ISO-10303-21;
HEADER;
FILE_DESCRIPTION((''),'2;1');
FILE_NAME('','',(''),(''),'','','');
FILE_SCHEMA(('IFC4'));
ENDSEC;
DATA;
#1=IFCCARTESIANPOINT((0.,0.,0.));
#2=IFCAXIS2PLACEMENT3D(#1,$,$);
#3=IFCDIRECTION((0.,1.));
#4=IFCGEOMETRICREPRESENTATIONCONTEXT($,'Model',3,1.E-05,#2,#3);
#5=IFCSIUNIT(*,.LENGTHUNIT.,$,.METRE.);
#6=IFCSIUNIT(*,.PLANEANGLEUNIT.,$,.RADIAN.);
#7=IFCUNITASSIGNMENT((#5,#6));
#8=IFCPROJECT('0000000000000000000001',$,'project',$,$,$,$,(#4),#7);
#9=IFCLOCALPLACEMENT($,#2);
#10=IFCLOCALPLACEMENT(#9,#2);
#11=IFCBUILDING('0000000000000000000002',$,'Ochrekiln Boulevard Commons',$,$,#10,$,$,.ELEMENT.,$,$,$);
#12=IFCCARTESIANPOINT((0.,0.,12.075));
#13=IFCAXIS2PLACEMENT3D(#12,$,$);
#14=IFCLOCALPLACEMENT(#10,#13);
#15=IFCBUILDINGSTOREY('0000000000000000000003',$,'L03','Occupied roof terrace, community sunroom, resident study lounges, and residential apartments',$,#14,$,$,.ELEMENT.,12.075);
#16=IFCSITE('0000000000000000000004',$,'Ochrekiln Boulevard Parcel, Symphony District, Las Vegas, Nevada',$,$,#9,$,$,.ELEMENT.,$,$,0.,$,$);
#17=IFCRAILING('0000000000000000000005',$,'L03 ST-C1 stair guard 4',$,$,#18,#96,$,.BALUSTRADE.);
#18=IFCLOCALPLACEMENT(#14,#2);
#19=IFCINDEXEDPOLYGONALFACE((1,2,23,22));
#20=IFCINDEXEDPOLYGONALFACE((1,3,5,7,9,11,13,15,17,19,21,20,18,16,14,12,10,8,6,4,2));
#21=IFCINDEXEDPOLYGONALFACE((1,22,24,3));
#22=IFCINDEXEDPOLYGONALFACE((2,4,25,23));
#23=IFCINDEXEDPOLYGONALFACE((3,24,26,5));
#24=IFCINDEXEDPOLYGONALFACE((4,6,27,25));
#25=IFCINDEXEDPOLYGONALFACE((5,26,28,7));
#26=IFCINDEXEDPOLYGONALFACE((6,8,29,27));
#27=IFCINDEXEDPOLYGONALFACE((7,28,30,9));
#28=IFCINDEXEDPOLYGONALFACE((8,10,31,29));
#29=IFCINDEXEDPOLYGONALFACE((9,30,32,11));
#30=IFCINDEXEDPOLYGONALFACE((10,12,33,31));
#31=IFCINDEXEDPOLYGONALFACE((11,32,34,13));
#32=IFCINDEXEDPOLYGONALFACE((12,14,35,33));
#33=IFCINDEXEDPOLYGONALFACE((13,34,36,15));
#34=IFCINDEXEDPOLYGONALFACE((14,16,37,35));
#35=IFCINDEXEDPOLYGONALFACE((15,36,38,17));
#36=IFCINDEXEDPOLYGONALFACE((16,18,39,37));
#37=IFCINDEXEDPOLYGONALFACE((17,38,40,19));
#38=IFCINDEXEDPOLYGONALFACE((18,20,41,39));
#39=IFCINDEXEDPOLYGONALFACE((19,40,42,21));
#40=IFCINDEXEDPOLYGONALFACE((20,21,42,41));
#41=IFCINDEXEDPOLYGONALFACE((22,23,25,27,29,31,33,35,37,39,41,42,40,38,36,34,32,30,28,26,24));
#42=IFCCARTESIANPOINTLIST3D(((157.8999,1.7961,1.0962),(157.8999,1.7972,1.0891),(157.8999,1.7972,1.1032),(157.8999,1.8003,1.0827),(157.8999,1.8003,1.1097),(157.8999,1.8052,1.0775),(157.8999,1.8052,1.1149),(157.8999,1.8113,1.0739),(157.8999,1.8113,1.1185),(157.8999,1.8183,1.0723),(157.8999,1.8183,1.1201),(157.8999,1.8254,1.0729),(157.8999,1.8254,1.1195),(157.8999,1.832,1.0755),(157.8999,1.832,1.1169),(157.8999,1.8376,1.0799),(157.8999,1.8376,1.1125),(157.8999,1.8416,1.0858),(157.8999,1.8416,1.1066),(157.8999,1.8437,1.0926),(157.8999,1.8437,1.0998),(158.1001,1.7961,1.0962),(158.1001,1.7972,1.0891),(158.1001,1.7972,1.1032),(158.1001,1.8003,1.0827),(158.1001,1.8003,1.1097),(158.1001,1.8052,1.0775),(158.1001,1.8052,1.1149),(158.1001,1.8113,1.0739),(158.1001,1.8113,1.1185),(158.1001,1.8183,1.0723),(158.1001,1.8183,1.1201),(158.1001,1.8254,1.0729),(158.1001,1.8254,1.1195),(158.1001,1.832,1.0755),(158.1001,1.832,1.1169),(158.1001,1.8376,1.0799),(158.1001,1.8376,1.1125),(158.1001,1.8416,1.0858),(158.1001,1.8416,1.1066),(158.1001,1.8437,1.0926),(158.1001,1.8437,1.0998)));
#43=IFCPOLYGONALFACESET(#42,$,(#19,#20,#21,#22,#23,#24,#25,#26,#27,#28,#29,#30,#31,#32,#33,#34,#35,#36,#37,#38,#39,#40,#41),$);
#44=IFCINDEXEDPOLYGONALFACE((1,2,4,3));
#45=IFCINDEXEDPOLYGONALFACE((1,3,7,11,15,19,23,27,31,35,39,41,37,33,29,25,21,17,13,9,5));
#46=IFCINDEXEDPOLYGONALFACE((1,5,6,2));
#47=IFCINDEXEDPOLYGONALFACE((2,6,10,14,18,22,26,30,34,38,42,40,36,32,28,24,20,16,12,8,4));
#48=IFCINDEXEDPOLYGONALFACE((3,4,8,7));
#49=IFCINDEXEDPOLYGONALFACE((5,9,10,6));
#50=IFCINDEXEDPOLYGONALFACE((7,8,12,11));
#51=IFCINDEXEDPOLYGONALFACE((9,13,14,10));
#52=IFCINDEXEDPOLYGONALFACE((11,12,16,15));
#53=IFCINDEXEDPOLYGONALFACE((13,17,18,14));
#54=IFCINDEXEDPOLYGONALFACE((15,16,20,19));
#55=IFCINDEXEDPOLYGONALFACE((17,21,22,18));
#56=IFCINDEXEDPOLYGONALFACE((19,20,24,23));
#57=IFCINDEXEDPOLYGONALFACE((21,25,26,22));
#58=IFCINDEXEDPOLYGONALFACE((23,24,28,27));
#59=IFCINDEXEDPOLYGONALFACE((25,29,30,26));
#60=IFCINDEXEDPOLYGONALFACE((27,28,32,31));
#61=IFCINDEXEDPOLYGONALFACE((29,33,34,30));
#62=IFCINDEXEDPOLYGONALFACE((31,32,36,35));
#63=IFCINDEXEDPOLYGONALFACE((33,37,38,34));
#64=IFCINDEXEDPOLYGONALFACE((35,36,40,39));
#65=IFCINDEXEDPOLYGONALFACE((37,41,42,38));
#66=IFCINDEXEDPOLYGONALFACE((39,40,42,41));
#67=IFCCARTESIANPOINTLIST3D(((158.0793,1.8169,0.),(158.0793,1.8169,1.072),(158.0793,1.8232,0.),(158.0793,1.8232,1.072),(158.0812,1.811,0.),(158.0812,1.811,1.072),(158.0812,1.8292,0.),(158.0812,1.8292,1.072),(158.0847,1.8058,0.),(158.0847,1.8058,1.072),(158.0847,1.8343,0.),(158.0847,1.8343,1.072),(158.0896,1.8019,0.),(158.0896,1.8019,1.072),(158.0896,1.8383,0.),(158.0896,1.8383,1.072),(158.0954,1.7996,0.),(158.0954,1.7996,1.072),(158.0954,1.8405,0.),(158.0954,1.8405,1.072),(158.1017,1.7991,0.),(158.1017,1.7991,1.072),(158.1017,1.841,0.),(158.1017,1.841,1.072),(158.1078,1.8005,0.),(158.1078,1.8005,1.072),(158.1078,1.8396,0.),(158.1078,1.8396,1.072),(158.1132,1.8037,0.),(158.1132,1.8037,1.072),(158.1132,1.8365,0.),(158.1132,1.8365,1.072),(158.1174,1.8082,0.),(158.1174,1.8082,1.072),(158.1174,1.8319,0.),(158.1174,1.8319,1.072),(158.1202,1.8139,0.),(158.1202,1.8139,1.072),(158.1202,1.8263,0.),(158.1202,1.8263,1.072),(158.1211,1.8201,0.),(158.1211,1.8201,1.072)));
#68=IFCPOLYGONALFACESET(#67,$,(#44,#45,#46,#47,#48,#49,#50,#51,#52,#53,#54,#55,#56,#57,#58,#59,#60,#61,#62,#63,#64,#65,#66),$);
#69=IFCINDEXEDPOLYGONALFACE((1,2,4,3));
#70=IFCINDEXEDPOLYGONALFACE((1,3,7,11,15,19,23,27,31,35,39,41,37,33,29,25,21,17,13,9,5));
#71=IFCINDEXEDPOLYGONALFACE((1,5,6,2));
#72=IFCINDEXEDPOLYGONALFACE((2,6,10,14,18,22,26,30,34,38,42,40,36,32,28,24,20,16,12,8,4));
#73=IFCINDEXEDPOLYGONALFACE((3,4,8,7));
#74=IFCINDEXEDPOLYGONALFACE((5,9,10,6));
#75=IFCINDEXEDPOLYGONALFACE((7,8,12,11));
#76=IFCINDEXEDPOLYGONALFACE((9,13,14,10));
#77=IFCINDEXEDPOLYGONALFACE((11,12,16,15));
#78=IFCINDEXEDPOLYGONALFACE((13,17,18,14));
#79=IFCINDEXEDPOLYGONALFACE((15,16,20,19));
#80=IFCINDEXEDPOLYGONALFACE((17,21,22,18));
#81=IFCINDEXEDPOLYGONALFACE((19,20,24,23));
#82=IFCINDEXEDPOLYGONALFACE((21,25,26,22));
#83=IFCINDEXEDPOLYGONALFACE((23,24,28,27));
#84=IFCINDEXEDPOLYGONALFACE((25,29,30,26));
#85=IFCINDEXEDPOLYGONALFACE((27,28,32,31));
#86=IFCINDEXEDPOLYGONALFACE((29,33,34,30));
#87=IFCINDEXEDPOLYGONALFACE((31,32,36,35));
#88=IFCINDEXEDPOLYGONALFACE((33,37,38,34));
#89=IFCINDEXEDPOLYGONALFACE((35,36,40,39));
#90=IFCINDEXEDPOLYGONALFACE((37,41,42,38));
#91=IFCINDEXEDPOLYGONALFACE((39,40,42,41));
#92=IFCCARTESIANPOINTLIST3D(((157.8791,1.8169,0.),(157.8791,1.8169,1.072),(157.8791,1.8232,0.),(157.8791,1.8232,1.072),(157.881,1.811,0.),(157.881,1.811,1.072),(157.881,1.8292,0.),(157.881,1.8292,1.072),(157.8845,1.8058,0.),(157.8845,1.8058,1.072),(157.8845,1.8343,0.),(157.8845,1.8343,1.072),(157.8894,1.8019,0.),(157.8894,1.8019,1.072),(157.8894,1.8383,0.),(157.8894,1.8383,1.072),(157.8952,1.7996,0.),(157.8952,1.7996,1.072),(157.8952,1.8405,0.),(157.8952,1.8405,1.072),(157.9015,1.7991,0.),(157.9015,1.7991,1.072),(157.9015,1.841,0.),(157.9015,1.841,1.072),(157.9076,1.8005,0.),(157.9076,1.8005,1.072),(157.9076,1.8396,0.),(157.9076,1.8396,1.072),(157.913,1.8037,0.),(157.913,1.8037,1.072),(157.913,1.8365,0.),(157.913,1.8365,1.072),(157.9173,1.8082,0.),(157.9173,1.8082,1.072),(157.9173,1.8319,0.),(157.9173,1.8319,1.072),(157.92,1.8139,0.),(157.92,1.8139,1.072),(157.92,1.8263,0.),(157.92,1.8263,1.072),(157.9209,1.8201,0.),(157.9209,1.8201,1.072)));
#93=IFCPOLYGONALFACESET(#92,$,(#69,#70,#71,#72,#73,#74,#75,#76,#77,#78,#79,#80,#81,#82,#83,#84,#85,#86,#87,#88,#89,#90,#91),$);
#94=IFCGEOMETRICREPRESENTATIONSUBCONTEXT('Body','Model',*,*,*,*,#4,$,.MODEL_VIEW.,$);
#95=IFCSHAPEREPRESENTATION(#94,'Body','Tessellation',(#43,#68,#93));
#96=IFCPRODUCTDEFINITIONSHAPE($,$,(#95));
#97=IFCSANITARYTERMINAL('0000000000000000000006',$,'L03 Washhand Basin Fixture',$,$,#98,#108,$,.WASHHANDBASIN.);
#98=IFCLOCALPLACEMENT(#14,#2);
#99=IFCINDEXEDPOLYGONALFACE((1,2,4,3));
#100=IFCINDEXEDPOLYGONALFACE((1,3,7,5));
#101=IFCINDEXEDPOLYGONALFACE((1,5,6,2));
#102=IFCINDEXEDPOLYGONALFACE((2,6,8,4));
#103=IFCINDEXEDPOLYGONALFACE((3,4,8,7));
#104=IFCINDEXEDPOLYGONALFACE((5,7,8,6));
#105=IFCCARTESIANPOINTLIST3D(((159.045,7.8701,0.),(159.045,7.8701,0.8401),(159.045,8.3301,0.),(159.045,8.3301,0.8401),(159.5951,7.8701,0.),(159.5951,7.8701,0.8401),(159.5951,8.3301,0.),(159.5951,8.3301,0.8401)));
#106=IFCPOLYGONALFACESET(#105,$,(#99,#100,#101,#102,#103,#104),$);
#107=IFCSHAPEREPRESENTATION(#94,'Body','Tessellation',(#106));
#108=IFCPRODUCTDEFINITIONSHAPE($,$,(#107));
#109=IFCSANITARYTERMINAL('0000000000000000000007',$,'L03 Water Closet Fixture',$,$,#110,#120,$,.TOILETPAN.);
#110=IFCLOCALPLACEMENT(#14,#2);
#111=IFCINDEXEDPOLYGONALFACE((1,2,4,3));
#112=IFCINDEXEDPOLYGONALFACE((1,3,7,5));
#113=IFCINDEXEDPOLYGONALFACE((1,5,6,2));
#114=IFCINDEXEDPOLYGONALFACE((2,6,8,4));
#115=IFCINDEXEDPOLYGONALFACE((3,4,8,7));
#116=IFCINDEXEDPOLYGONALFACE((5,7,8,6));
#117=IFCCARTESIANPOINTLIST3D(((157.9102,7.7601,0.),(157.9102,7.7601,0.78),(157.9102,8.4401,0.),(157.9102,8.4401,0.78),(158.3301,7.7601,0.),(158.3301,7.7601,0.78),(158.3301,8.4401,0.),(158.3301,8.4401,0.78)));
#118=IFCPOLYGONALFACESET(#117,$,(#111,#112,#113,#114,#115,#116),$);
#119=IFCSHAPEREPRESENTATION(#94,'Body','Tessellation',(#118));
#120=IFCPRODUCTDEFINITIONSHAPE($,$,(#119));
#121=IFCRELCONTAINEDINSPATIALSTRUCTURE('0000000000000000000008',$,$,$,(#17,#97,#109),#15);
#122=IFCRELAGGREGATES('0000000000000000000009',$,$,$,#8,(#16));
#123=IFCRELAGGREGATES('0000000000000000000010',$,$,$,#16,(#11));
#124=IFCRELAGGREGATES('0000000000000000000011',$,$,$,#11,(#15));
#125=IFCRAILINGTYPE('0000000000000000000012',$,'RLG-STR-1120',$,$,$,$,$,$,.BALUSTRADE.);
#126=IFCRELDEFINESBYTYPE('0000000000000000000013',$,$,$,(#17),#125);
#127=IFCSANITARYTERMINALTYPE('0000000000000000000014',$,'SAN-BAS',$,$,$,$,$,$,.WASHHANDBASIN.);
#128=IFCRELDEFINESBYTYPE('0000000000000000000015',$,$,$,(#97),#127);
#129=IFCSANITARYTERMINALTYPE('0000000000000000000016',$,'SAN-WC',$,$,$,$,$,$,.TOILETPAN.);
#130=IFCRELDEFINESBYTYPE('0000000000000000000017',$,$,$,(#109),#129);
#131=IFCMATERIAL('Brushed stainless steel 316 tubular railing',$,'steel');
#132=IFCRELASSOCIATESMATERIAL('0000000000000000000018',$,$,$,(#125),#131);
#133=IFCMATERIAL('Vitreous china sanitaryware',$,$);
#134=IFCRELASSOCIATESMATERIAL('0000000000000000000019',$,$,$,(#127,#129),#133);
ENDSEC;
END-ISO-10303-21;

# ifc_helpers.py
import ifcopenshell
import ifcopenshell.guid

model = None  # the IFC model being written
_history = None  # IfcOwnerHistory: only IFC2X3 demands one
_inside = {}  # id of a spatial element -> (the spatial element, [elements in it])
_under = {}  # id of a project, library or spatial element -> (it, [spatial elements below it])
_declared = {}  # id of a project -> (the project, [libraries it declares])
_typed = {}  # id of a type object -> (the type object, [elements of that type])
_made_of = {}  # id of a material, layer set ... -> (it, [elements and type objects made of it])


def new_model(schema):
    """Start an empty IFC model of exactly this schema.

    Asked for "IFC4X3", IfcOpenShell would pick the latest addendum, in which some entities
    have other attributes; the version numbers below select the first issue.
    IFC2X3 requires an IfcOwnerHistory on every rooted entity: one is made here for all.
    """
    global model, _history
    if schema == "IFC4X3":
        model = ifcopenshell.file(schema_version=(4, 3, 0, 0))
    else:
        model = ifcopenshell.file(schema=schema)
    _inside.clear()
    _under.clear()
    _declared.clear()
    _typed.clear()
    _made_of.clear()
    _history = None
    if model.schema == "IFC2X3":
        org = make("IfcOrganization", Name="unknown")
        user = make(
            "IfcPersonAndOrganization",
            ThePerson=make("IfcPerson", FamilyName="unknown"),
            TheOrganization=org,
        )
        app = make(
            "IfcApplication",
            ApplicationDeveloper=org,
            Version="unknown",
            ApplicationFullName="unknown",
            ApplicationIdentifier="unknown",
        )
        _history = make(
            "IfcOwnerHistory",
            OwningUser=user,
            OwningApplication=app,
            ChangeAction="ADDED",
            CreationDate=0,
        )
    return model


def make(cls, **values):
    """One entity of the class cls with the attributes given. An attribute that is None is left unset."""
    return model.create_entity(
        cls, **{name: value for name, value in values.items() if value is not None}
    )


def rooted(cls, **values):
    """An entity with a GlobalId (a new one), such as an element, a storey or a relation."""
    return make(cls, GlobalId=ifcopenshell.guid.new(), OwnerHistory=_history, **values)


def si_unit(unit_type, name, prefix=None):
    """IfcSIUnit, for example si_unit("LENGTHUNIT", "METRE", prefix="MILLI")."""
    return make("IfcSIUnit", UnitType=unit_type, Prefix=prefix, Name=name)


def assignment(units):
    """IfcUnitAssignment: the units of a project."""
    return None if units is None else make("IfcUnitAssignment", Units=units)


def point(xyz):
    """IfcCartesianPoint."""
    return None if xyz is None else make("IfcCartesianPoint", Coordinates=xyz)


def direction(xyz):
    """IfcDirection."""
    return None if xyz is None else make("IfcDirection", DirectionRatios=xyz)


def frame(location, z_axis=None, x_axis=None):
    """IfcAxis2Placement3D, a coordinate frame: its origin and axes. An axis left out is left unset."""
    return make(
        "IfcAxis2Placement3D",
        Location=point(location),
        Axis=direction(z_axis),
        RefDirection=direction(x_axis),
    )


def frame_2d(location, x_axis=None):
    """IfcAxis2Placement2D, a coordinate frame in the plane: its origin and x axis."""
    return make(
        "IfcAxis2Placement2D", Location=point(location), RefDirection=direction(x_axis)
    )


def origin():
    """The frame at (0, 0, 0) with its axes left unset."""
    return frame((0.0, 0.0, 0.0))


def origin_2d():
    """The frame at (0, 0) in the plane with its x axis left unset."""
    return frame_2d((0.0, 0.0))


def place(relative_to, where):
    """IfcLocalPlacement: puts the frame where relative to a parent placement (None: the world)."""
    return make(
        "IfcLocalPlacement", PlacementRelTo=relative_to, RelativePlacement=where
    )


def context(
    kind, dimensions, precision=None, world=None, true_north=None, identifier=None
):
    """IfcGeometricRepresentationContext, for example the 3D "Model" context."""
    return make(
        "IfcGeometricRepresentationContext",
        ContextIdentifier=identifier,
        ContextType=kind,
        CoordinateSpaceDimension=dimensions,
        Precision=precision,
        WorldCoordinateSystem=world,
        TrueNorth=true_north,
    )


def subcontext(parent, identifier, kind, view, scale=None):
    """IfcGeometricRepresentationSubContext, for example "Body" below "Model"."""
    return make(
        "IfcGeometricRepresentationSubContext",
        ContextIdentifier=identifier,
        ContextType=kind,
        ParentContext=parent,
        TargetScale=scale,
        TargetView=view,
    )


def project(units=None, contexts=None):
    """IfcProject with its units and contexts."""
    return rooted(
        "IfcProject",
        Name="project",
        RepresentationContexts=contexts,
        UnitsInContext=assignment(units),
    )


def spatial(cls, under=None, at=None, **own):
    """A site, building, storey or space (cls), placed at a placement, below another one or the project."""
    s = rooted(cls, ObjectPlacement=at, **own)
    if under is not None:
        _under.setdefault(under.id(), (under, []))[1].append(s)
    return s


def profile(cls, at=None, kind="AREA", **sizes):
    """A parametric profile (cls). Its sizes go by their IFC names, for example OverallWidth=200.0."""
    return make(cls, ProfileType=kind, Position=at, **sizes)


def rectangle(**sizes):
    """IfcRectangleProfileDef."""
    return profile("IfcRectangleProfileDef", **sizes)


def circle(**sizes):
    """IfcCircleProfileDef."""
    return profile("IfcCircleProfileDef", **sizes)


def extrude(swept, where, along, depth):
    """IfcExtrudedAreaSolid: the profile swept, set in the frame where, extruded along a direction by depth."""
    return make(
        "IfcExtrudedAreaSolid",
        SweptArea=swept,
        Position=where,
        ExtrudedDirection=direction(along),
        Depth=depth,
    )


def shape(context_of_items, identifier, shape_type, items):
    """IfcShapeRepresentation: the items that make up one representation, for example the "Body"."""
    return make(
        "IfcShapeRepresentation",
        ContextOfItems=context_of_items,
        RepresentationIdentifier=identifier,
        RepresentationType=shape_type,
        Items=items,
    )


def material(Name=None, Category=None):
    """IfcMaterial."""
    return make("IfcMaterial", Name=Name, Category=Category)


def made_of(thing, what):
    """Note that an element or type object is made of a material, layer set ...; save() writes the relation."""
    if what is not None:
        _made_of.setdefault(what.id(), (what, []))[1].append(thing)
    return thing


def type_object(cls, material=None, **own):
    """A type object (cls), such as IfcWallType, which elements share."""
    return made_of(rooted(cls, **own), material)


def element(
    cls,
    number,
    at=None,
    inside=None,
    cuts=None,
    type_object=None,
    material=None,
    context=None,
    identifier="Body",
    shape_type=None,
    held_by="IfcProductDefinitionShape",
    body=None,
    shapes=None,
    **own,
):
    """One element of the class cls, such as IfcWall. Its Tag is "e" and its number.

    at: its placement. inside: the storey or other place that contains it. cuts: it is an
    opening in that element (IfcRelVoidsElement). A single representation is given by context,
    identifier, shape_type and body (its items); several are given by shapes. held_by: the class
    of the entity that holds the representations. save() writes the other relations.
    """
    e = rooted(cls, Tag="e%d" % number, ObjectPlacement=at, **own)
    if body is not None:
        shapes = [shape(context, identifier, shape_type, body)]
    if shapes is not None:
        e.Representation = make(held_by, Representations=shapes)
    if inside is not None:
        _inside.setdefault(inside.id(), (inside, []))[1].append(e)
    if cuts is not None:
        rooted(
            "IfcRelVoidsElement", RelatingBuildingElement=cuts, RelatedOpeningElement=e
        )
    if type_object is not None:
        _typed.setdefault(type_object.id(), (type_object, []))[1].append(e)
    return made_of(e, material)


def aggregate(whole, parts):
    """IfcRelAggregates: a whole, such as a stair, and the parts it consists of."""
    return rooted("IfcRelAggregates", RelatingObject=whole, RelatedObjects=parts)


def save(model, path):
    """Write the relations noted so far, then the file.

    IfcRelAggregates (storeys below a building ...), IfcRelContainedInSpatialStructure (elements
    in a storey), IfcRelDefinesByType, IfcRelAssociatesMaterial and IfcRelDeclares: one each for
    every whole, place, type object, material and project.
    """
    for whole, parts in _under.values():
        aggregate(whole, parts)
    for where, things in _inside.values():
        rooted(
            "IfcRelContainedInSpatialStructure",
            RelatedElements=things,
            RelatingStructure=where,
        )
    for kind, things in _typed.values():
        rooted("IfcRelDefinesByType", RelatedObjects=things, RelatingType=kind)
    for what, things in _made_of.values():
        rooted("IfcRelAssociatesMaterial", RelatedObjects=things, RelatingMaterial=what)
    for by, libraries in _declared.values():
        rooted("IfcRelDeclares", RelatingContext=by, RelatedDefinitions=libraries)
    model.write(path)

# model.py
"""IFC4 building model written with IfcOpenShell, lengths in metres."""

from ifc_helpers import new_model, si_unit, direction, frame, origin, origin_2d, place, context, subcontext, project, spatial, rectangle, circle, extrude, material, type_object, element, save


model = new_model("IFC4")

# Units and contexts
model_context = context("Model", 3, precision=1e-05, world=origin(), true_north=direction((0.0, 1.0)))
body_context = subcontext(model_context, "Body", "Model", "MODEL_VIEW")
ifc_project = project(units=[si_unit("LENGTHUNIT", "METRE"), si_unit("PLANEANGLEUNIT", "RADIAN")], contexts=[model_context])

# Site, building, storey
site_placement = place(None, origin())
site = spatial("IfcSite", under=ifc_project, at=site_placement, Name="Ochrekiln Boulevard Parcel, Symphony District, Las Vegas, Nevada", CompositionType="ELEMENT", RefElevation=0.0)
building_placement = place(site_placement, origin())
building = spatial("IfcBuilding", under=site, at=building_placement, Name="Ochrekiln Boulevard Commons", CompositionType="ELEMENT")
storey_placement = place(building_placement, frame((0.0, 0.0, 12.075)))
storey = spatial("IfcBuildingStorey", under=building, at=storey_placement, Name="L03", Description="Occupied roof terrace, community sunroom, resident study lounges, and residential apartments", CompositionType="ELEMENT", Elevation=12.075)

# Railing
ifc_material_1 = material(Name="Brushed stainless steel 316 tubular railing", Category="steel")
railing_type_1 = type_object("IfcRailingType", Name="RLG-STR-1120", PredefinedType="BALUSTRADE", material=ifc_material_1)
railing_1_placement = place(storey_placement, frame((158.1001, 1.8201, 0.0)))
element("IfcRailing", 1, at=railing_1_placement, inside=storey, type_object=railing_type_1, Name="L03 ST-C1 stair guard 4", PredefinedType="BALUSTRADE", context=body_context, shape_type="SweptSolid", body=[
    extrude(circle(Radius=0.0239, at=origin_2d()), frame((0.0, 0.0, 1.0962), z_axis=(-1.0, 0.0, 0.0), x_axis=(0.0, -1.0, 0.0)), (0.0, 0.0, 1.0), 0.2002),
    extrude(circle(Radius=0.021, at=origin_2d()), origin(), (0.0, 0.0, 1.0), 1.072),
    extrude(circle(Radius=0.021, at=origin_2d()), frame((-0.2002, 0.0, 0.0)), (0.0, 0.0, 1.0), 1.072),
])

# Sanitary terminals
ifc_material_2 = material(Name="Vitreous china sanitaryware")
sanitary_terminal_type_1 = type_object("IfcSanitaryTerminalType", Name="SAN-BAS", PredefinedType="WASHHANDBASIN", material=ifc_material_2)
sanitary_terminal_1_placement = place(storey_placement, frame((159.3201, 8.1001, 0.0), z_axis=(0.0, 0.0, 1.0), x_axis=(1.0, 0.0, 0.0)))
element("IfcSanitaryTerminal", 2, at=sanitary_terminal_1_placement, inside=storey, type_object=sanitary_terminal_type_1, Name="L03 Washhand Basin Fixture", PredefinedType="WASHHANDBASIN", context=body_context, shape_type="SweptSolid", body=[
    extrude(rectangle(XDim=0.55, YDim=0.46, at=origin_2d()), origin(), (0.0, 0.0, 1.0), 0.8401),
])
sanitary_terminal_type_2 = type_object("IfcSanitaryTerminalType", Name="SAN-WC", PredefinedType="TOILETPAN", material=ifc_material_2)
sanitary_terminal_2_placement = place(storey_placement, frame((158.1201, 8.1001, 0.0), z_axis=(0.0, 0.0, 1.0), x_axis=(1.0, 0.0, 0.0)))
element("IfcSanitaryTerminal", 3, at=sanitary_terminal_2_placement, inside=storey, type_object=sanitary_terminal_type_2, Name="L03 Water Closet Fixture", PredefinedType="TOILETPAN", context=body_context, shape_type="SweptSolid", body=[
    extrude(rectangle(XDim=0.4199, YDim=0.6799, at=origin_2d()), origin(), (0.0, 0.0, 1.0), 0.78),
])

save(model, "model.ifc")
